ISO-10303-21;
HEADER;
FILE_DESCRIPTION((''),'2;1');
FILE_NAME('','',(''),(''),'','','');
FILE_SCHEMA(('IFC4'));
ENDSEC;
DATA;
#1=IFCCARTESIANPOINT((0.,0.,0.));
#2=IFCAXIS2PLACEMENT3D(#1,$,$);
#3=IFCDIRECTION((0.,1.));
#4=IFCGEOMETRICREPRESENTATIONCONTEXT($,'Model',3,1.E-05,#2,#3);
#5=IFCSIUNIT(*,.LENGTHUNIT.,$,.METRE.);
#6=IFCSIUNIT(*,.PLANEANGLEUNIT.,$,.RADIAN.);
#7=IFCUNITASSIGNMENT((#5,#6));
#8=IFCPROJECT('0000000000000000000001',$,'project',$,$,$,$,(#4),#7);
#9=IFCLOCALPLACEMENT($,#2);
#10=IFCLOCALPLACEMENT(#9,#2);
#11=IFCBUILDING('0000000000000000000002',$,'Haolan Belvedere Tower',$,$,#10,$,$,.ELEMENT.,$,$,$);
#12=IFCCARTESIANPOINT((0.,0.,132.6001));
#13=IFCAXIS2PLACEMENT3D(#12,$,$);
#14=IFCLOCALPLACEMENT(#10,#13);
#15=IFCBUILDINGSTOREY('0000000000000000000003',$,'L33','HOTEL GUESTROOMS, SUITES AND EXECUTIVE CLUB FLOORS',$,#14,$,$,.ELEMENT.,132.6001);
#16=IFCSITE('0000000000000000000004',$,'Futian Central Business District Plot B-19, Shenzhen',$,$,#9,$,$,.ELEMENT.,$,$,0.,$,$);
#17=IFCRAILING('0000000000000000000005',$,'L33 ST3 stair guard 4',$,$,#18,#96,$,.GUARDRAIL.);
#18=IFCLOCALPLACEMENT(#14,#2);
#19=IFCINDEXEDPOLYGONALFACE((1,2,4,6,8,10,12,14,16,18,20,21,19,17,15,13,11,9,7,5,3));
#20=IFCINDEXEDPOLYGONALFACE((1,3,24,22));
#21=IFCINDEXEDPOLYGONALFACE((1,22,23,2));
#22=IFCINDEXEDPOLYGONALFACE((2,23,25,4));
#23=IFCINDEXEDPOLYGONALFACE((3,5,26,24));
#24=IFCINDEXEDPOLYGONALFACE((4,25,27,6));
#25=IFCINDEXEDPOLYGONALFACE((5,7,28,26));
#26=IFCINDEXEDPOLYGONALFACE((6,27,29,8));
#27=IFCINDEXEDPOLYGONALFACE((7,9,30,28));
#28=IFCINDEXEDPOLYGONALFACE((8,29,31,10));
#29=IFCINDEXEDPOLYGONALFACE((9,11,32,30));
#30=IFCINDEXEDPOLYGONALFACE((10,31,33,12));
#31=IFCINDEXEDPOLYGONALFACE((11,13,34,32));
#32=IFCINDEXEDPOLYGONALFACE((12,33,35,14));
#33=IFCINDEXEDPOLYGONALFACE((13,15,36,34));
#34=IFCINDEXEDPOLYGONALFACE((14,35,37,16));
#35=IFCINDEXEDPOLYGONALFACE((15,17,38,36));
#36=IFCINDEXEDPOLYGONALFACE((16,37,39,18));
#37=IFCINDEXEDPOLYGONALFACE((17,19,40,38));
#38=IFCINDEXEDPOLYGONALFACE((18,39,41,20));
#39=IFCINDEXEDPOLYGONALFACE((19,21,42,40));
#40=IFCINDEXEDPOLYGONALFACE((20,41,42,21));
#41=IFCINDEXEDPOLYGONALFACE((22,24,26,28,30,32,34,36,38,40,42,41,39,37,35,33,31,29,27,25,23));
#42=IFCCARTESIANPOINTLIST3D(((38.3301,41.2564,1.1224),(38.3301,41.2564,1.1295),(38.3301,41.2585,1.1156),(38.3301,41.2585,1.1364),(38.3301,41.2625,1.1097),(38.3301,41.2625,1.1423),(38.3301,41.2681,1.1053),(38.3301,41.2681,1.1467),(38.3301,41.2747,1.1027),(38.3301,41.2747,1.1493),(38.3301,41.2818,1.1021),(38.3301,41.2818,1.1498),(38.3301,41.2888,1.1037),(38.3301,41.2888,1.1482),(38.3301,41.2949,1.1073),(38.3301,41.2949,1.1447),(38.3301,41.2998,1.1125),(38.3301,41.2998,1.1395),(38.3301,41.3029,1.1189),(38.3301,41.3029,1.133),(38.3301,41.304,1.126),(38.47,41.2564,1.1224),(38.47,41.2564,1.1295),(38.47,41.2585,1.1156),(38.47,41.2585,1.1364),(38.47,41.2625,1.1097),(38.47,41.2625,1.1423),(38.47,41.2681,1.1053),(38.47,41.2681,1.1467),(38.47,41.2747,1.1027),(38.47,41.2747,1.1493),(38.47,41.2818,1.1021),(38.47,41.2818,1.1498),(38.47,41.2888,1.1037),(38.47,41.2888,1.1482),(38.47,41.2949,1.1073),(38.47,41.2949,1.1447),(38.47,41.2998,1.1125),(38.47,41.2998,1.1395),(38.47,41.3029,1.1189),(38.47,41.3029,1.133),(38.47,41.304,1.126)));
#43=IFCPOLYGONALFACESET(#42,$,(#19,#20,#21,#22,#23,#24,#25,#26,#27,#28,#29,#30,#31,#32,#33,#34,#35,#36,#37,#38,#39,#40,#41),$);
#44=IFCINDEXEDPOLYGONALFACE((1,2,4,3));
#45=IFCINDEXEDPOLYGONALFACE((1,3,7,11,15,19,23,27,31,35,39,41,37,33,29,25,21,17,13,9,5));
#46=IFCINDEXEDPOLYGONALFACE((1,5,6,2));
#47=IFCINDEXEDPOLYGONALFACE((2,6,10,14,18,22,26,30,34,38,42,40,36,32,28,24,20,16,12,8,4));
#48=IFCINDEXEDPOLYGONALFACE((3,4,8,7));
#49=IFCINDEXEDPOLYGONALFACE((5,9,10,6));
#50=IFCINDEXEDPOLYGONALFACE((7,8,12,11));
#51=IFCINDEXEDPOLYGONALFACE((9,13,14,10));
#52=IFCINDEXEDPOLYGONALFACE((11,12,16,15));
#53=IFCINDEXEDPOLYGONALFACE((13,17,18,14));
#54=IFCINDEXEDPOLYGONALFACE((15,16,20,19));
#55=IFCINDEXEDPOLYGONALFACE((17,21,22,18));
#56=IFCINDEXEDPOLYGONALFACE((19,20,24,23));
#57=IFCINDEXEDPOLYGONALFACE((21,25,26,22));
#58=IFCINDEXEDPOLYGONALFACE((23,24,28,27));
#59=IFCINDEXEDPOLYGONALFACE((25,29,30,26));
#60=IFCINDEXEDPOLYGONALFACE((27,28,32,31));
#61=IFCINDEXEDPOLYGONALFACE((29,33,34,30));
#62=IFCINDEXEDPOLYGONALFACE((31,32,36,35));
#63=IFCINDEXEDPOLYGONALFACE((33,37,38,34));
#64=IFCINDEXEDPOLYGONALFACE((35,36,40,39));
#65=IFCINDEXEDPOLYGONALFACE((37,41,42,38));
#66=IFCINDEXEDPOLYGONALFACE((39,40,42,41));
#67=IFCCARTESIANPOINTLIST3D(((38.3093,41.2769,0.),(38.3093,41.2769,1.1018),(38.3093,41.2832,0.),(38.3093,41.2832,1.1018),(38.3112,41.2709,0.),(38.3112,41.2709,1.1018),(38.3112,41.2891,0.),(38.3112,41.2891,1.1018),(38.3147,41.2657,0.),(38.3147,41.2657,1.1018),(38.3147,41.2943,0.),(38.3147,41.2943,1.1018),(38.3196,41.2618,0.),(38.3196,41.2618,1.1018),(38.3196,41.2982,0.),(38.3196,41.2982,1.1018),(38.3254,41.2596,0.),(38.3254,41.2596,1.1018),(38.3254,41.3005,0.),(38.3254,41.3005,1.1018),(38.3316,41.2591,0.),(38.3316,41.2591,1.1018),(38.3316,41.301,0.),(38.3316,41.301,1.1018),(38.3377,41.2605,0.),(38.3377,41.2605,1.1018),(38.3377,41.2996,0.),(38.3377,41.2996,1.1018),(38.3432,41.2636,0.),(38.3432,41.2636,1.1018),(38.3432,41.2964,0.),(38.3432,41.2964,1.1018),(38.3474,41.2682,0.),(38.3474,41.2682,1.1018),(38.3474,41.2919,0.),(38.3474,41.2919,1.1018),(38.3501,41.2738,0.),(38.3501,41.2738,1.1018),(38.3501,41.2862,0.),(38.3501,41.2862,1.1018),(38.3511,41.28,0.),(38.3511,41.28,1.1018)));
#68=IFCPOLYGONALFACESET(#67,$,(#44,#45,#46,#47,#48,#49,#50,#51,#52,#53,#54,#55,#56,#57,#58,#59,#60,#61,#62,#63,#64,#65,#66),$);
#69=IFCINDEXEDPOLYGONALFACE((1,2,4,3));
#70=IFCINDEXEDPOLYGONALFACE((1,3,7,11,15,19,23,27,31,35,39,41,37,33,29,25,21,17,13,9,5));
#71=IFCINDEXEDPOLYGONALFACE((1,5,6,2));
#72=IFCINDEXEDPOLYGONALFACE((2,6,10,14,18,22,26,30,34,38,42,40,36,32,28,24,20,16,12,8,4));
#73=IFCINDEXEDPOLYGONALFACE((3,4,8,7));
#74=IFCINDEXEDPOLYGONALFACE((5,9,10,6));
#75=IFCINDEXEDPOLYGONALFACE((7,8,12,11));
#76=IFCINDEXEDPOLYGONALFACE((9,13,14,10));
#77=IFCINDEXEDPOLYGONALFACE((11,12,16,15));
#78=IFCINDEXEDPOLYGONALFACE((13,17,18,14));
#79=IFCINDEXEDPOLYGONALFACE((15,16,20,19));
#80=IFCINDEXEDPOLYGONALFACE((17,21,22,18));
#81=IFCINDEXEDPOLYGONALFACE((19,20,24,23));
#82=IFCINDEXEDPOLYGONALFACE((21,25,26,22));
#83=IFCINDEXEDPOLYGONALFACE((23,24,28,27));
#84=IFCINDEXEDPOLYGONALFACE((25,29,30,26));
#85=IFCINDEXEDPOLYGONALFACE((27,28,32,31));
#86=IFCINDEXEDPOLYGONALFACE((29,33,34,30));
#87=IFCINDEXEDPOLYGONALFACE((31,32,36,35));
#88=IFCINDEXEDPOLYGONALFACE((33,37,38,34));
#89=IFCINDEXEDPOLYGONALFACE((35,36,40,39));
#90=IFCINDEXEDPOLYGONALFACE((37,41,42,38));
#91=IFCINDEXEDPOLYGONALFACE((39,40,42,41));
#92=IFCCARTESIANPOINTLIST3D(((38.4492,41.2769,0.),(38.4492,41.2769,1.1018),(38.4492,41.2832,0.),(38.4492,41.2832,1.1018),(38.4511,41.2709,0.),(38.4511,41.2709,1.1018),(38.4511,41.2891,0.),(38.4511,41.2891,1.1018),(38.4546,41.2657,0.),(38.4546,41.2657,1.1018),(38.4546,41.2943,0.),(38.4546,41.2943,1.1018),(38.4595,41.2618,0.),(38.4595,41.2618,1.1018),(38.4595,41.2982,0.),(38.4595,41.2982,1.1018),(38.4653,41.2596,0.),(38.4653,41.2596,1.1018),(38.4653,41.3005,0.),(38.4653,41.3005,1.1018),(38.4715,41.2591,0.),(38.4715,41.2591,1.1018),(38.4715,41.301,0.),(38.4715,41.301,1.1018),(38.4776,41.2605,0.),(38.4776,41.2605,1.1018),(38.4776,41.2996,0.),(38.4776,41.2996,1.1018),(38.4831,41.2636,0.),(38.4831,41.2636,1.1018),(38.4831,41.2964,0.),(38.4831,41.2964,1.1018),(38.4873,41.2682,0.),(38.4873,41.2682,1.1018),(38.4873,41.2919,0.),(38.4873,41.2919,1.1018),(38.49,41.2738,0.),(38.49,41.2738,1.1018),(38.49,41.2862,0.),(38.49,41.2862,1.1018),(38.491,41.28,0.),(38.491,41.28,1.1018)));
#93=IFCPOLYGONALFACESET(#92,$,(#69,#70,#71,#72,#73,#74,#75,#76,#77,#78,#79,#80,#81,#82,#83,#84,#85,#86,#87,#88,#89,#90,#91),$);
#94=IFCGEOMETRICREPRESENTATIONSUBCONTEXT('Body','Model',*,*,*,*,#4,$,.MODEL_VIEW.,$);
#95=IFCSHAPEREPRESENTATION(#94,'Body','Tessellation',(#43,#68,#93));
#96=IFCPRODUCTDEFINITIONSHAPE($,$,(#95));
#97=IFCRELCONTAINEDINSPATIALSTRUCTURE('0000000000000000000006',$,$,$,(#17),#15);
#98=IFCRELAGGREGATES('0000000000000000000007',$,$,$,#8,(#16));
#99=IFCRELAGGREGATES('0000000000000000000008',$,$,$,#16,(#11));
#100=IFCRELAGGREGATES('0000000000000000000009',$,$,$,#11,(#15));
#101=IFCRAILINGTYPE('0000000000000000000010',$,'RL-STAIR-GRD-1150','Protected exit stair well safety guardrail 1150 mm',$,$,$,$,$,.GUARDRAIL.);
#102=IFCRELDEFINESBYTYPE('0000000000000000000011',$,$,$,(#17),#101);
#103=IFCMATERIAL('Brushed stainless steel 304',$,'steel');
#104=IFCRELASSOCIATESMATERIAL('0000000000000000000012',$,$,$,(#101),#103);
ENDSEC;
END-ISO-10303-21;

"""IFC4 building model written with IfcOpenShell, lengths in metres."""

from ifc_helpers import new_model, si_unit, direction, frame, origin, origin_2d, place, context, subcontext, project, spatial, circle, extrude, material, type_object, element, save


model = new_model("IFC4")

# Units and contexts
model_context = context("Model", 3, precision=1e-05, world=origin(), true_north=direction((0.0, 1.0)))
body_context = subcontext(model_context, "Body", "Model", "MODEL_VIEW")
ifc_project = project(units=[si_unit("LENGTHUNIT", "METRE"), si_unit("PLANEANGLEUNIT", "RADIAN")], contexts=[model_context])

# Site, building, storey
site_placement = place(None, origin())
site = spatial("IfcSite", under=ifc_project, at=site_placement, Name="Futian Central Business District Plot B-19, Shenzhen", CompositionType="ELEMENT", RefElevation=0.0)
building_placement = place(site_placement, origin())
building = spatial("IfcBuilding", under=site, at=building_placement, Name="Haolan Belvedere Tower", CompositionType="ELEMENT")
storey_placement = place(building_placement, frame((0.0, 0.0, 132.6001)))
storey = spatial("IfcBuildingStorey", under=building, at=storey_placement, Name="L33", Description="HOTEL GUESTROOMS, SUITES AND EXECUTIVE CLUB FLOORS", CompositionType="ELEMENT", Elevation=132.6001)

# Railing
ifc_material_1 = material(Name="Brushed stainless steel 304", Category="steel")
railing_type_1 = type_object("IfcRailingType", Name="RL-STAIR-GRD-1150", Description="Protected exit stair well safety guardrail 1150 mm", PredefinedType="GUARDRAIL", material=ifc_material_1)
railing_1_placement = place(storey_placement, frame((38.3301, 41.28, 0.0)))
element("IfcRailing", 1, at=railing_1_placement, inside=storey, type_object=railing_type_1, Name="L33 ST3 stair guard 4", PredefinedType="GUARDRAIL", context=body_context, shape_type="SweptSolid", body=[
    extrude(circle(Radius=0.0239, at=origin_2d()), frame((0.0, 0.0, 1.126), z_axis=(1.0, 0.0, 0.0), x_axis=(0.0, 1.0, 0.0)), (0.0, 0.0, 1.0), 0.1399),
    extrude(circle(Radius=0.021, at=origin_2d()), origin(), (0.0, 0.0, 1.0), 1.1018),
    extrude(circle(Radius=0.021, at=origin_2d()), frame((0.1399, 0.0, 0.0)), (0.0, 0.0, 1.0), 1.1018),
])

save(model, "model.ifc")
